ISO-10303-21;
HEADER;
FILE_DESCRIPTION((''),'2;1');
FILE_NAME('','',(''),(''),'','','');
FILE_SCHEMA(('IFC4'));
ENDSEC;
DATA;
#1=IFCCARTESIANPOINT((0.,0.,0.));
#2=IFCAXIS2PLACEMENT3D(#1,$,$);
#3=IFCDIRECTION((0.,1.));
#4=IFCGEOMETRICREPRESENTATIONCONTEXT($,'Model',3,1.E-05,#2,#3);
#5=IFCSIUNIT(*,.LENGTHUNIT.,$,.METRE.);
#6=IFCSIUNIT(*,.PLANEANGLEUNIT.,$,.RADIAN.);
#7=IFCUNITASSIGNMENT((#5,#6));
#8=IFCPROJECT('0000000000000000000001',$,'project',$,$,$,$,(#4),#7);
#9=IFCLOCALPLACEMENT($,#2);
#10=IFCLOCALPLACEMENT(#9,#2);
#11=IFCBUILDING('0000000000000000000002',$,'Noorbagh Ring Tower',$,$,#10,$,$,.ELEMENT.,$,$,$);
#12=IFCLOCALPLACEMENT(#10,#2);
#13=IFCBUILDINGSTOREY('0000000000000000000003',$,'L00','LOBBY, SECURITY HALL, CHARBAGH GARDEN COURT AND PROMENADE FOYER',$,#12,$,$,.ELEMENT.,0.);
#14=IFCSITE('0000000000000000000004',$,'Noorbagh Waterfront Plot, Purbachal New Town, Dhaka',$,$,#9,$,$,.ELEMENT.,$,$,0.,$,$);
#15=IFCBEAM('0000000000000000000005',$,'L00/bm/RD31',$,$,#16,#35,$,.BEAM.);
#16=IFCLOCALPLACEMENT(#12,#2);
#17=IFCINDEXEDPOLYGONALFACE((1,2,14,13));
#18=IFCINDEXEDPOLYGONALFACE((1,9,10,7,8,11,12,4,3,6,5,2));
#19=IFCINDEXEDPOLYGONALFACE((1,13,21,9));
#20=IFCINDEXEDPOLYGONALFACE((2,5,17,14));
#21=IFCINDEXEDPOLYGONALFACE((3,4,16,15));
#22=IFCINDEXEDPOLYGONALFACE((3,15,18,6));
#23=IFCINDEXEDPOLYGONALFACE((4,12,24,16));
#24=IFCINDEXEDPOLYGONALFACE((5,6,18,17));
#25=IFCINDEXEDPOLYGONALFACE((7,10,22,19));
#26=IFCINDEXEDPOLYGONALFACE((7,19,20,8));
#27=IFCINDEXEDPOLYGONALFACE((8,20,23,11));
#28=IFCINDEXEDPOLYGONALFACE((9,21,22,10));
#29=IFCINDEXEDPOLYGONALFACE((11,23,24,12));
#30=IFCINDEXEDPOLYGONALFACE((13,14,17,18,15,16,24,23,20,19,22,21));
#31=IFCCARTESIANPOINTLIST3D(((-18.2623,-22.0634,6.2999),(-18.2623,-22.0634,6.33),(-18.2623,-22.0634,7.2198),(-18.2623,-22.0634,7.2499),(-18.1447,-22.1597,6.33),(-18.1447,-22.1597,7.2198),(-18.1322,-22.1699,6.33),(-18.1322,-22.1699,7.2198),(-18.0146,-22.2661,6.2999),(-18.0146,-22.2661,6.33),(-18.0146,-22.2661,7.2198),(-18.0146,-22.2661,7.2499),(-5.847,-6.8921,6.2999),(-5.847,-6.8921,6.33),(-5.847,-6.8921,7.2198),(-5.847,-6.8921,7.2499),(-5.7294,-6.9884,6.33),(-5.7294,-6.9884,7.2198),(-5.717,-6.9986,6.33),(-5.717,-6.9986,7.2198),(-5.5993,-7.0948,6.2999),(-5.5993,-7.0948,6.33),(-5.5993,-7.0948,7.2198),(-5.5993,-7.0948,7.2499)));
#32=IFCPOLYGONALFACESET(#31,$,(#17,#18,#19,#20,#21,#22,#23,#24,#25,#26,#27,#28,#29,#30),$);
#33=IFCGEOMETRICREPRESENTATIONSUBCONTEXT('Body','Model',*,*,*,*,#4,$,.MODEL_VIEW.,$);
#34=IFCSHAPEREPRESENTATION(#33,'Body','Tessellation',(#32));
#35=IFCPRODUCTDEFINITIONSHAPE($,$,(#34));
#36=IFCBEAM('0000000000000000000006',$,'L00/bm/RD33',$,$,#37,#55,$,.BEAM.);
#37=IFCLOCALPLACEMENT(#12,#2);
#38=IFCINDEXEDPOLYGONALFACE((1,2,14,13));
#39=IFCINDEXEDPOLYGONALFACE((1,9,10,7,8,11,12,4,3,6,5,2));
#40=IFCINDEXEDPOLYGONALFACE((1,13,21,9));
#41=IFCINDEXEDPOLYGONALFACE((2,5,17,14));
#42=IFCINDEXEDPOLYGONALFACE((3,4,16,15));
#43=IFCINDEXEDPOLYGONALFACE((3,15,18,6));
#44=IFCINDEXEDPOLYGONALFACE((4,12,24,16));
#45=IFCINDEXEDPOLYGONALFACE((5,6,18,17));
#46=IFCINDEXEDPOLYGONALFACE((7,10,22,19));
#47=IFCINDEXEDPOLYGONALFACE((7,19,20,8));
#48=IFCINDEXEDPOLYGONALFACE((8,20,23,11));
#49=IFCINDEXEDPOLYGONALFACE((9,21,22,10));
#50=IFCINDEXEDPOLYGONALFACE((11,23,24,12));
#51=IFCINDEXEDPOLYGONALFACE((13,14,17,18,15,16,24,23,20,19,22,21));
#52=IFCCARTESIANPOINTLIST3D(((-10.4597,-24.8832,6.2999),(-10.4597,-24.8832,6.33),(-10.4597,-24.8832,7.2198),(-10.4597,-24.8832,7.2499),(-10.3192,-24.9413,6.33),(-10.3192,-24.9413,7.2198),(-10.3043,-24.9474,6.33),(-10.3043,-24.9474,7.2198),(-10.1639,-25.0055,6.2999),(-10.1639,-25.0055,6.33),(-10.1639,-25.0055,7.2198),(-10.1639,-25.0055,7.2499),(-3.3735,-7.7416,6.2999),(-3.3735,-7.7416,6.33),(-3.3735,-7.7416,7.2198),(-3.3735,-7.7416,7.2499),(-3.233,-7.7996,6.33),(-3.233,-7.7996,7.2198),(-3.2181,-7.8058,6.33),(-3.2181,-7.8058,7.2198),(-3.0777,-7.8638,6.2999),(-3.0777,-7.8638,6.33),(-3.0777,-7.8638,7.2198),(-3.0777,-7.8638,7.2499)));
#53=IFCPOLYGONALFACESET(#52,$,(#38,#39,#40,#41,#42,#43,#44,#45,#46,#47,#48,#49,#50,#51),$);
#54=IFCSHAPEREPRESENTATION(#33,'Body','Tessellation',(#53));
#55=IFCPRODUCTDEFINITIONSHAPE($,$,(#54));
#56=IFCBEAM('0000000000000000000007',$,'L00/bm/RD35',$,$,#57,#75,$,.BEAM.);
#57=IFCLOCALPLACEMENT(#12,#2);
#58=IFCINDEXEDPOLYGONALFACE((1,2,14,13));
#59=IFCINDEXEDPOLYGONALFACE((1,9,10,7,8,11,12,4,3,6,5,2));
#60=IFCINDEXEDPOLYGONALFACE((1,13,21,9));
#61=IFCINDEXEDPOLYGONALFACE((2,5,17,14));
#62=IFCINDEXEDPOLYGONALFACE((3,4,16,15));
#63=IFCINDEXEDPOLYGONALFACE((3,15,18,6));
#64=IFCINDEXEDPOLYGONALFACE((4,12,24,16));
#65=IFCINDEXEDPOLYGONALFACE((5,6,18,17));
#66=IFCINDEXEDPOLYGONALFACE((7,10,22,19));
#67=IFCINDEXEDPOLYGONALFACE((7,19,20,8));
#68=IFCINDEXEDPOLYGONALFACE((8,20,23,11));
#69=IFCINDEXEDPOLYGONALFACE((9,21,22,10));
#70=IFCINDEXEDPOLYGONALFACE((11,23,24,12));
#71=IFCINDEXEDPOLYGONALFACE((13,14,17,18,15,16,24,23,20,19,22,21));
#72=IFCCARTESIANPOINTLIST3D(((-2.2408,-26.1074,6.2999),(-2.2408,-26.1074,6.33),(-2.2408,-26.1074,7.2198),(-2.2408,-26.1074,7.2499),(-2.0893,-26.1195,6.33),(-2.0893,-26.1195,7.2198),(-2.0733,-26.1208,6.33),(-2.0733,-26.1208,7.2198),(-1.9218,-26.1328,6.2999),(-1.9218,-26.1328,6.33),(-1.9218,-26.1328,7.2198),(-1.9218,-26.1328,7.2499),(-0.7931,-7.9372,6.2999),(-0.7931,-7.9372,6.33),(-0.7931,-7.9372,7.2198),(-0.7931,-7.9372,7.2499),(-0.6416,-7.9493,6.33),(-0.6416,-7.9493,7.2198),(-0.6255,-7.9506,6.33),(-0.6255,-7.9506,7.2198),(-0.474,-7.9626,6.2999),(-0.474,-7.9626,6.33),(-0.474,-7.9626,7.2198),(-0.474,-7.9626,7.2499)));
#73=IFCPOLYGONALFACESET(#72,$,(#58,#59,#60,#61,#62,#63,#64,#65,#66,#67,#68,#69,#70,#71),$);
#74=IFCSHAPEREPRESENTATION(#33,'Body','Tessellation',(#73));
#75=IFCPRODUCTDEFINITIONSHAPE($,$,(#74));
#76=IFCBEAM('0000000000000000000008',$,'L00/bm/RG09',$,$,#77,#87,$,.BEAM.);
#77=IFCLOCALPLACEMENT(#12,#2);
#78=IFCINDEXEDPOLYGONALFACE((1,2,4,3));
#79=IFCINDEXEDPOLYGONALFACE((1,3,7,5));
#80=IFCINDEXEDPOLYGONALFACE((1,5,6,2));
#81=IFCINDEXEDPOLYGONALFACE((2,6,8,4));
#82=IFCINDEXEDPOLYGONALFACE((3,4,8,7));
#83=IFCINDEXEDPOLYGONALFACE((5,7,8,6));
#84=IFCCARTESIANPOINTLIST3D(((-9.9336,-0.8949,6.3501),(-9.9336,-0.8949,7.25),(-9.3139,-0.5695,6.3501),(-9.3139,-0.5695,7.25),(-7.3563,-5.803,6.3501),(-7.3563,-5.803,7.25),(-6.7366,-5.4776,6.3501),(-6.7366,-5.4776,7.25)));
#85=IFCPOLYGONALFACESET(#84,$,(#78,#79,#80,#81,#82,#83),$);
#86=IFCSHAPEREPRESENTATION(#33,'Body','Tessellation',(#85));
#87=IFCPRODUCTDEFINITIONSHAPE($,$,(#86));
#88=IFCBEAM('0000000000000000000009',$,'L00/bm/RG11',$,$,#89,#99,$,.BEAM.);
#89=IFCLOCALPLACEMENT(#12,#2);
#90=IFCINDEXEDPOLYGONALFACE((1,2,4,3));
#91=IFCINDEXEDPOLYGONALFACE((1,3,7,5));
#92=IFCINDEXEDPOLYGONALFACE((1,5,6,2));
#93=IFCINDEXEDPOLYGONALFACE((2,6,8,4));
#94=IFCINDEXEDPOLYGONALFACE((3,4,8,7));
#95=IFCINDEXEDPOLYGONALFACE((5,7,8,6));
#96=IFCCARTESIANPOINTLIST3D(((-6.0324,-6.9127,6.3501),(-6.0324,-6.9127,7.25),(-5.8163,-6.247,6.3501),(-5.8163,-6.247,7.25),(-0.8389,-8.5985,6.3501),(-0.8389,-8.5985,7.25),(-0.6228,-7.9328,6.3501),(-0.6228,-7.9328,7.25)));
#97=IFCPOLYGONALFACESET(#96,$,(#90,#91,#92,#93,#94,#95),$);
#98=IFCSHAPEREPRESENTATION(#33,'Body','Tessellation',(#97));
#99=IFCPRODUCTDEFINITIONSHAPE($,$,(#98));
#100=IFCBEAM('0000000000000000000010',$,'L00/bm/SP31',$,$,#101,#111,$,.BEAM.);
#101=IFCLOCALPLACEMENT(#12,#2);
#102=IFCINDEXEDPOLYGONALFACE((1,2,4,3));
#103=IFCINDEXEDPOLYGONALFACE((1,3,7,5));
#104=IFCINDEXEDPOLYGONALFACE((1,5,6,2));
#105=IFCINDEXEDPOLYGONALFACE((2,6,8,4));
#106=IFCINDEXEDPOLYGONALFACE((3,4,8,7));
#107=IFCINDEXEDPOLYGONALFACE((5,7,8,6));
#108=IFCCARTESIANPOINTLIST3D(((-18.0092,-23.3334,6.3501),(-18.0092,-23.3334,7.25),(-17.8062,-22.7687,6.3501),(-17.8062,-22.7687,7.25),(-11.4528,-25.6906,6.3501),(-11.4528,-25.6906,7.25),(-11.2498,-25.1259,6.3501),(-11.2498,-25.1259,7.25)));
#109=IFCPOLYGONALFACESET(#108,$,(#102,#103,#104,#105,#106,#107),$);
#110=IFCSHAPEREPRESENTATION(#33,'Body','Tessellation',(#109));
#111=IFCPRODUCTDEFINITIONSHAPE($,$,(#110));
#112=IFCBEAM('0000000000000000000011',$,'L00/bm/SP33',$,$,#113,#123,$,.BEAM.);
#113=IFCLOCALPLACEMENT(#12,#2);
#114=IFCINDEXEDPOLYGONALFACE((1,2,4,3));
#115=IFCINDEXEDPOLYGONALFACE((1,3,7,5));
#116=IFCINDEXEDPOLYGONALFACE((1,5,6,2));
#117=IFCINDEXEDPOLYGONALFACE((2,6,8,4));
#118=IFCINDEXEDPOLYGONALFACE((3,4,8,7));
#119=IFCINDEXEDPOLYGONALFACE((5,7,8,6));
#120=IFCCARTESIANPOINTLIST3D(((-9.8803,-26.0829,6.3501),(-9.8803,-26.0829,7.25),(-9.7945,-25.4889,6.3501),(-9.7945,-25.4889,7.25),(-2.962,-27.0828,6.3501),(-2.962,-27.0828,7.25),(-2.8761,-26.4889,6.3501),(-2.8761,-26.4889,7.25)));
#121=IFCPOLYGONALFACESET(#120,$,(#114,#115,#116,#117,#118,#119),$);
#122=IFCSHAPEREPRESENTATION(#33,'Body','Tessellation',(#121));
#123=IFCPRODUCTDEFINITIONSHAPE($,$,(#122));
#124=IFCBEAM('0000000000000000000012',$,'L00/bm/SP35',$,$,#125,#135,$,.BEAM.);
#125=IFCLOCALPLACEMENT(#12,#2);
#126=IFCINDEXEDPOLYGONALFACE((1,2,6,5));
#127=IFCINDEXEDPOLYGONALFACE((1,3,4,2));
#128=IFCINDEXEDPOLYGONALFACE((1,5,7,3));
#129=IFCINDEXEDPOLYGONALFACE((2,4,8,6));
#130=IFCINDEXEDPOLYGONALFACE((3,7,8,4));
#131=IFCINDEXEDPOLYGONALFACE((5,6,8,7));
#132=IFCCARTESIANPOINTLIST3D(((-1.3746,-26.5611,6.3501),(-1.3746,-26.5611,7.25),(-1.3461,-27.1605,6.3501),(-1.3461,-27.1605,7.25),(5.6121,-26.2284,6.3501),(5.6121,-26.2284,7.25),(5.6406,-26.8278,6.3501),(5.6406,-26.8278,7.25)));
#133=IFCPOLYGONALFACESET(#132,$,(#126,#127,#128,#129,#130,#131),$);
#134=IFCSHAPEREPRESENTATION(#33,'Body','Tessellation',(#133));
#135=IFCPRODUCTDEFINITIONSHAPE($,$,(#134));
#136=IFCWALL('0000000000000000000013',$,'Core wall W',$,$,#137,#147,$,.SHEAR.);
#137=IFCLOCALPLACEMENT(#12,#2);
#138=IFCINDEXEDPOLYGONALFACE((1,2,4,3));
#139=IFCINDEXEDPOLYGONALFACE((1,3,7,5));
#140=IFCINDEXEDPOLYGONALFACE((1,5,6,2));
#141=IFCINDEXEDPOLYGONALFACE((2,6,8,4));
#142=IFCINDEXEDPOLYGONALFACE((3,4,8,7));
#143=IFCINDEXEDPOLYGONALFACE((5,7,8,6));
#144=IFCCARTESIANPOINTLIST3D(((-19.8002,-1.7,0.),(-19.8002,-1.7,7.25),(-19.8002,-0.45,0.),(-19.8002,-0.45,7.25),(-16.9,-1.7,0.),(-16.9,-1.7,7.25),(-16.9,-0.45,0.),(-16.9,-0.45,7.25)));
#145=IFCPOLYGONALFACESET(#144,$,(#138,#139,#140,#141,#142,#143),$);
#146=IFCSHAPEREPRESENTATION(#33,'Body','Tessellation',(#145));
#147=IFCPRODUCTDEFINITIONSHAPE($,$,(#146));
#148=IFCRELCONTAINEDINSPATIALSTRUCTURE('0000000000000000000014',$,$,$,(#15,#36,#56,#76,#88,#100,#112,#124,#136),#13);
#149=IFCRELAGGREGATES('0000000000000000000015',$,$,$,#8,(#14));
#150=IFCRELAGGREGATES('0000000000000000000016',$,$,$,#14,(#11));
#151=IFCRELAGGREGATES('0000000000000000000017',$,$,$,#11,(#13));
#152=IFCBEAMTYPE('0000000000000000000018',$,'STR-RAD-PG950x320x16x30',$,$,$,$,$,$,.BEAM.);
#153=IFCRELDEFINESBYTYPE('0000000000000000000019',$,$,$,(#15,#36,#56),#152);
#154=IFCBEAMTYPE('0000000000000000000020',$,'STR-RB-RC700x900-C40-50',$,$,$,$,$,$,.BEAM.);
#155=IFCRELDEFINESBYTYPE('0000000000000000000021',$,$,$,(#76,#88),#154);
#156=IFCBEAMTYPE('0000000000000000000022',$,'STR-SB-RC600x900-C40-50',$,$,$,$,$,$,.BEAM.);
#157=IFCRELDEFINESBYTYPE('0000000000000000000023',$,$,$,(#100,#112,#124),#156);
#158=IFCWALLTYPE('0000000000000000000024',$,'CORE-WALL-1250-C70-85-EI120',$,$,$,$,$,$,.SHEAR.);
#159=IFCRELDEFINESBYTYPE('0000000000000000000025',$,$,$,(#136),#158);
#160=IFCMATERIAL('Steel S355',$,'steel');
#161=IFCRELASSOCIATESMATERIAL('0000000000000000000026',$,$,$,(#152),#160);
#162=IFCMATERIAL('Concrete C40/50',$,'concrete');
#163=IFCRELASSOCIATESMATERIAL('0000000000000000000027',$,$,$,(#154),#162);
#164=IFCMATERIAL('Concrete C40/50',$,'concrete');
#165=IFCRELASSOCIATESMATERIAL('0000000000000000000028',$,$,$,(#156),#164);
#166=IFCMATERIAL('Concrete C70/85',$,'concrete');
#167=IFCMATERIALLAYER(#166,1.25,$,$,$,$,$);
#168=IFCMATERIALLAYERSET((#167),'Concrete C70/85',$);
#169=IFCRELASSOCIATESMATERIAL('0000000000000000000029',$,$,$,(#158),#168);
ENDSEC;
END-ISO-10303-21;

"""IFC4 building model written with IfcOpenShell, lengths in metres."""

from ifc_helpers import new_model, si_unit, direction, frame, frame_2d, origin, origin_2d, place, context, subcontext, project, spatial, rectangle, i_section, extrude, material, layer, layer_set, material_profile, profile_set, type_object, element, save


model = new_model("IFC4")

# Units and contexts
model_context = context("Model", 3, precision=1e-05, world=origin(), true_north=direction((0.0, 1.0)))
body_context = subcontext(model_context, "Body", "Model", "MODEL_VIEW")
ifc_project = project(units=[si_unit("LENGTHUNIT", "METRE"), si_unit("PLANEANGLEUNIT", "RADIAN")], contexts=[model_context])

# Site, building, storey
site_placement = place(None, origin())
site = spatial("IfcSite", under=ifc_project, at=site_placement, Name="Noorbagh Waterfront Plot, Purbachal New Town, Dhaka", CompositionType="ELEMENT", RefElevation=0.0)
building_placement = place(site_placement, origin())
building = spatial("IfcBuilding", under=site, at=building_placement, Name="Noorbagh Ring Tower", CompositionType="ELEMENT")
storey_placement = place(building_placement, origin())
storey = spatial("IfcBuildingStorey", under=building, at=storey_placement, Name="L00", Description="LOBBY, SECURITY HALL, CHARBAGH GARDEN COURT AND PROMENADE FOYER", CompositionType="ELEMENT", Elevation=0.0)

# Beams
ifc_material_1 = material(Name="Steel S355", Category="steel")
ifc_material_profile_1 = material_profile(ifc_material_1, i_section(OverallWidth=0.3201, OverallDepth=0.95, WebThickness=0.0161, FlangeThickness=0.03, at=origin_2d()), Name="PG950x320x16x30")
ifc_profile_set_1 = profile_set([ifc_material_profile_1], Name="Steel S355")
beam_type_1 = type_object("IfcBeamType", Name="STR-RAD-PG950x320x16x30", PredefinedType="BEAM", material=ifc_profile_set_1)
beam_1_placement = place(storey_placement, frame((-18.1384, -22.1648, 6.7749), z_axis=(0.633309, 0.773899, 0.0), x_axis=(-0.773899, 0.633309, 0.0)))
element("IfcBeam", 1, at=beam_1_placement, inside=storey, type_object=beam_type_1, Name="L00/bm/RD31", PredefinedType="BEAM", context=body_context, shape_type="SweptSolid", body=[
    extrude(i_section(OverallWidth=0.3201, OverallDepth=0.95, WebThickness=0.0161, FlangeThickness=0.03, at=origin_2d()), origin(), (0.0, 0.0, 1.0), 19.6038),
])
beam_2_placement = place(storey_placement, frame((-10.3118, -24.9443, 6.7749), z_axis=(0.382034, 0.924148, 0.0), x_axis=(-0.924148, 0.382034, 0.0)))
element("IfcBeam", 2, at=beam_2_placement, inside=storey, type_object=beam_type_1, Name="L00/bm/RD33", PredefinedType="BEAM", context=body_context, shape_type="SweptSolid", body=[
    extrude(i_section(OverallWidth=0.3201, OverallDepth=0.95, WebThickness=0.0161, FlangeThickness=0.03, at=origin_2d()), origin(), (0.0, 0.0, 1.0), 18.5486),
])
beam_3_placement = place(storey_placement, frame((-2.0813, -26.1201, 6.7749), z_axis=(0.079426, 0.996841, 0.0), x_axis=(-0.996841, 0.079426, 0.0)))
element("IfcBeam", 3, at=beam_3_placement, inside=storey, type_object=beam_type_1, Name="L00/bm/RD35", PredefinedType="BEAM", context=body_context, shape_type="SweptSolid", body=[
    extrude(i_section(OverallWidth=0.3201, OverallDepth=0.95, WebThickness=0.0161, FlangeThickness=0.03, at=origin_2d()), origin(), (0.0, 0.0, 1.0), 18.2278),
])
ifc_material_2 = material(Name="Concrete C40/50", Category="concrete")
ifc_material_profile_2 = material_profile(ifc_material_2, rectangle(XDim=0.7, YDim=0.8999, at=origin_2d()), Name="RC700x900")
ifc_profile_set_2 = profile_set([ifc_material_profile_2], Name="Concrete C40/50")
beam_type_2 = type_object("IfcBeamType", Name="STR-RB-RC700x900-C40-50", PredefinedType="BEAM", material=ifc_profile_set_2)
beam_4_placement = place(storey_placement, frame((-9.6238, -0.7322, 6.8), z_axis=(0.464917, -0.885354, 0.0), x_axis=(0.885354, 0.464917, 0.0)))
element("IfcBeam", 4, at=beam_4_placement, inside=storey, type_object=beam_type_2, Name="L00/bm/RG09", PredefinedType="BEAM", context=body_context, shape_type="SweptSolid", body=[
    extrude(rectangle(XDim=0.7, YDim=0.8999, at=origin_2d()), origin(), (0.0, 0.0, 1.0), 5.5437),
])
beam_5_placement = place(storey_placement, frame((-5.9243, -6.5798, 6.8), z_axis=(0.951144, -0.308746, 0.0), x_axis=(0.308746, 0.951144, 0.0)))
element("IfcBeam", 5, at=beam_5_placement, inside=storey, type_object=beam_type_2, Name="L00/bm/RG11", PredefinedType="BEAM", context=body_context, shape_type="SweptSolid", body=[
    extrude(rectangle(XDim=0.7, YDim=0.8999, at=origin_2d()), origin(), (0.0, 0.0, 1.0), 5.4602),
])
ifc_material_3 = material(Name="Concrete C40/50", Category="concrete")
ifc_material_profile_3 = material_profile(ifc_material_3, rectangle(XDim=0.6001, YDim=0.8999, at=origin_2d()), Name="RC600x900")
ifc_profile_set_3 = profile_set([ifc_material_profile_3], Name="Concrete C40/50")
beam_type_3 = type_object("IfcBeamType", Name="STR-SB-RC600x900-C40-50", PredefinedType="BEAM", material=ifc_profile_set_3)
beam_6_placement = place(storey_placement, frame((-17.9077, -23.051, 6.8), z_axis=(0.94103, -0.338322, 0.0), x_axis=(0.338322, 0.94103, 0.0)))
element("IfcBeam", 6, at=beam_6_placement, inside=storey, type_object=beam_type_3, Name="L00/bm/SP31", PredefinedType="BEAM", context=body_context, shape_type="SweptSolid", body=[
    extrude(rectangle(XDim=0.6001, YDim=0.8999, at=origin_2d()), origin(), (0.0, 0.0, 1.0), 6.9673),
])
beam_7_placement = place(storey_placement, frame((-9.8374, -25.7859, 6.8), z_axis=(0.989715, -0.143054, 0.0), x_axis=(0.143054, 0.989715, 0.0)))
element("IfcBeam", 7, at=beam_7_placement, inside=storey, type_object=beam_type_3, Name="L00/bm/SP33", PredefinedType="BEAM", context=body_context, shape_type="SweptSolid", body=[
    extrude(rectangle(XDim=0.6001, YDim=0.8999, at=origin_2d()), origin(), (0.0, 0.0, 1.0), 6.9902),
])
beam_8_placement = place(storey_placement, frame((-1.3604, -26.8608, 6.8), z_axis=(0.998868, 0.047573, 0.0), x_axis=(-0.047573, 0.998868, 0.0)))
element("IfcBeam", 8, at=beam_8_placement, inside=storey, type_object=beam_type_3, Name="L00/bm/SP35", PredefinedType="BEAM", context=body_context, shape_type="SweptSolid", body=[
    extrude(rectangle(XDim=0.6001, YDim=0.8999, at=origin_2d()), origin(), (0.0, 0.0, 1.0), 6.9946),
])

# Wall
ifc_material_4 = material(Name="Concrete C70/85", Category="concrete")
ifc_layer_1 = layer(ifc_material_4, 1.25)
ifc_layer_set_1 = layer_set([ifc_layer_1], Name="Concrete C70/85")
wall_type_1 = type_object("IfcWallType", Name="CORE-WALL-1250-C70-85-EI120", PredefinedType="SHEAR", material=ifc_layer_set_1)
wall_1_placement = place(storey_placement, frame((-16.8999, -1.075, 0.0), z_axis=(0.0, 0.0, 1.0), x_axis=(-1.0, 0.0, 0.0)))
element("IfcWall", 9, at=wall_1_placement, inside=storey, type_object=wall_type_1, Name="Core wall W", PredefinedType="SHEAR", context=body_context, shape_type="SweptSolid", body=[
    extrude(rectangle(XDim=2.9001, YDim=1.25, at=frame_2d((1.4502, 0.0))), origin(), (0.0, 0.0, 1.0), 7.25),
])

save(model, "model.ifc")
